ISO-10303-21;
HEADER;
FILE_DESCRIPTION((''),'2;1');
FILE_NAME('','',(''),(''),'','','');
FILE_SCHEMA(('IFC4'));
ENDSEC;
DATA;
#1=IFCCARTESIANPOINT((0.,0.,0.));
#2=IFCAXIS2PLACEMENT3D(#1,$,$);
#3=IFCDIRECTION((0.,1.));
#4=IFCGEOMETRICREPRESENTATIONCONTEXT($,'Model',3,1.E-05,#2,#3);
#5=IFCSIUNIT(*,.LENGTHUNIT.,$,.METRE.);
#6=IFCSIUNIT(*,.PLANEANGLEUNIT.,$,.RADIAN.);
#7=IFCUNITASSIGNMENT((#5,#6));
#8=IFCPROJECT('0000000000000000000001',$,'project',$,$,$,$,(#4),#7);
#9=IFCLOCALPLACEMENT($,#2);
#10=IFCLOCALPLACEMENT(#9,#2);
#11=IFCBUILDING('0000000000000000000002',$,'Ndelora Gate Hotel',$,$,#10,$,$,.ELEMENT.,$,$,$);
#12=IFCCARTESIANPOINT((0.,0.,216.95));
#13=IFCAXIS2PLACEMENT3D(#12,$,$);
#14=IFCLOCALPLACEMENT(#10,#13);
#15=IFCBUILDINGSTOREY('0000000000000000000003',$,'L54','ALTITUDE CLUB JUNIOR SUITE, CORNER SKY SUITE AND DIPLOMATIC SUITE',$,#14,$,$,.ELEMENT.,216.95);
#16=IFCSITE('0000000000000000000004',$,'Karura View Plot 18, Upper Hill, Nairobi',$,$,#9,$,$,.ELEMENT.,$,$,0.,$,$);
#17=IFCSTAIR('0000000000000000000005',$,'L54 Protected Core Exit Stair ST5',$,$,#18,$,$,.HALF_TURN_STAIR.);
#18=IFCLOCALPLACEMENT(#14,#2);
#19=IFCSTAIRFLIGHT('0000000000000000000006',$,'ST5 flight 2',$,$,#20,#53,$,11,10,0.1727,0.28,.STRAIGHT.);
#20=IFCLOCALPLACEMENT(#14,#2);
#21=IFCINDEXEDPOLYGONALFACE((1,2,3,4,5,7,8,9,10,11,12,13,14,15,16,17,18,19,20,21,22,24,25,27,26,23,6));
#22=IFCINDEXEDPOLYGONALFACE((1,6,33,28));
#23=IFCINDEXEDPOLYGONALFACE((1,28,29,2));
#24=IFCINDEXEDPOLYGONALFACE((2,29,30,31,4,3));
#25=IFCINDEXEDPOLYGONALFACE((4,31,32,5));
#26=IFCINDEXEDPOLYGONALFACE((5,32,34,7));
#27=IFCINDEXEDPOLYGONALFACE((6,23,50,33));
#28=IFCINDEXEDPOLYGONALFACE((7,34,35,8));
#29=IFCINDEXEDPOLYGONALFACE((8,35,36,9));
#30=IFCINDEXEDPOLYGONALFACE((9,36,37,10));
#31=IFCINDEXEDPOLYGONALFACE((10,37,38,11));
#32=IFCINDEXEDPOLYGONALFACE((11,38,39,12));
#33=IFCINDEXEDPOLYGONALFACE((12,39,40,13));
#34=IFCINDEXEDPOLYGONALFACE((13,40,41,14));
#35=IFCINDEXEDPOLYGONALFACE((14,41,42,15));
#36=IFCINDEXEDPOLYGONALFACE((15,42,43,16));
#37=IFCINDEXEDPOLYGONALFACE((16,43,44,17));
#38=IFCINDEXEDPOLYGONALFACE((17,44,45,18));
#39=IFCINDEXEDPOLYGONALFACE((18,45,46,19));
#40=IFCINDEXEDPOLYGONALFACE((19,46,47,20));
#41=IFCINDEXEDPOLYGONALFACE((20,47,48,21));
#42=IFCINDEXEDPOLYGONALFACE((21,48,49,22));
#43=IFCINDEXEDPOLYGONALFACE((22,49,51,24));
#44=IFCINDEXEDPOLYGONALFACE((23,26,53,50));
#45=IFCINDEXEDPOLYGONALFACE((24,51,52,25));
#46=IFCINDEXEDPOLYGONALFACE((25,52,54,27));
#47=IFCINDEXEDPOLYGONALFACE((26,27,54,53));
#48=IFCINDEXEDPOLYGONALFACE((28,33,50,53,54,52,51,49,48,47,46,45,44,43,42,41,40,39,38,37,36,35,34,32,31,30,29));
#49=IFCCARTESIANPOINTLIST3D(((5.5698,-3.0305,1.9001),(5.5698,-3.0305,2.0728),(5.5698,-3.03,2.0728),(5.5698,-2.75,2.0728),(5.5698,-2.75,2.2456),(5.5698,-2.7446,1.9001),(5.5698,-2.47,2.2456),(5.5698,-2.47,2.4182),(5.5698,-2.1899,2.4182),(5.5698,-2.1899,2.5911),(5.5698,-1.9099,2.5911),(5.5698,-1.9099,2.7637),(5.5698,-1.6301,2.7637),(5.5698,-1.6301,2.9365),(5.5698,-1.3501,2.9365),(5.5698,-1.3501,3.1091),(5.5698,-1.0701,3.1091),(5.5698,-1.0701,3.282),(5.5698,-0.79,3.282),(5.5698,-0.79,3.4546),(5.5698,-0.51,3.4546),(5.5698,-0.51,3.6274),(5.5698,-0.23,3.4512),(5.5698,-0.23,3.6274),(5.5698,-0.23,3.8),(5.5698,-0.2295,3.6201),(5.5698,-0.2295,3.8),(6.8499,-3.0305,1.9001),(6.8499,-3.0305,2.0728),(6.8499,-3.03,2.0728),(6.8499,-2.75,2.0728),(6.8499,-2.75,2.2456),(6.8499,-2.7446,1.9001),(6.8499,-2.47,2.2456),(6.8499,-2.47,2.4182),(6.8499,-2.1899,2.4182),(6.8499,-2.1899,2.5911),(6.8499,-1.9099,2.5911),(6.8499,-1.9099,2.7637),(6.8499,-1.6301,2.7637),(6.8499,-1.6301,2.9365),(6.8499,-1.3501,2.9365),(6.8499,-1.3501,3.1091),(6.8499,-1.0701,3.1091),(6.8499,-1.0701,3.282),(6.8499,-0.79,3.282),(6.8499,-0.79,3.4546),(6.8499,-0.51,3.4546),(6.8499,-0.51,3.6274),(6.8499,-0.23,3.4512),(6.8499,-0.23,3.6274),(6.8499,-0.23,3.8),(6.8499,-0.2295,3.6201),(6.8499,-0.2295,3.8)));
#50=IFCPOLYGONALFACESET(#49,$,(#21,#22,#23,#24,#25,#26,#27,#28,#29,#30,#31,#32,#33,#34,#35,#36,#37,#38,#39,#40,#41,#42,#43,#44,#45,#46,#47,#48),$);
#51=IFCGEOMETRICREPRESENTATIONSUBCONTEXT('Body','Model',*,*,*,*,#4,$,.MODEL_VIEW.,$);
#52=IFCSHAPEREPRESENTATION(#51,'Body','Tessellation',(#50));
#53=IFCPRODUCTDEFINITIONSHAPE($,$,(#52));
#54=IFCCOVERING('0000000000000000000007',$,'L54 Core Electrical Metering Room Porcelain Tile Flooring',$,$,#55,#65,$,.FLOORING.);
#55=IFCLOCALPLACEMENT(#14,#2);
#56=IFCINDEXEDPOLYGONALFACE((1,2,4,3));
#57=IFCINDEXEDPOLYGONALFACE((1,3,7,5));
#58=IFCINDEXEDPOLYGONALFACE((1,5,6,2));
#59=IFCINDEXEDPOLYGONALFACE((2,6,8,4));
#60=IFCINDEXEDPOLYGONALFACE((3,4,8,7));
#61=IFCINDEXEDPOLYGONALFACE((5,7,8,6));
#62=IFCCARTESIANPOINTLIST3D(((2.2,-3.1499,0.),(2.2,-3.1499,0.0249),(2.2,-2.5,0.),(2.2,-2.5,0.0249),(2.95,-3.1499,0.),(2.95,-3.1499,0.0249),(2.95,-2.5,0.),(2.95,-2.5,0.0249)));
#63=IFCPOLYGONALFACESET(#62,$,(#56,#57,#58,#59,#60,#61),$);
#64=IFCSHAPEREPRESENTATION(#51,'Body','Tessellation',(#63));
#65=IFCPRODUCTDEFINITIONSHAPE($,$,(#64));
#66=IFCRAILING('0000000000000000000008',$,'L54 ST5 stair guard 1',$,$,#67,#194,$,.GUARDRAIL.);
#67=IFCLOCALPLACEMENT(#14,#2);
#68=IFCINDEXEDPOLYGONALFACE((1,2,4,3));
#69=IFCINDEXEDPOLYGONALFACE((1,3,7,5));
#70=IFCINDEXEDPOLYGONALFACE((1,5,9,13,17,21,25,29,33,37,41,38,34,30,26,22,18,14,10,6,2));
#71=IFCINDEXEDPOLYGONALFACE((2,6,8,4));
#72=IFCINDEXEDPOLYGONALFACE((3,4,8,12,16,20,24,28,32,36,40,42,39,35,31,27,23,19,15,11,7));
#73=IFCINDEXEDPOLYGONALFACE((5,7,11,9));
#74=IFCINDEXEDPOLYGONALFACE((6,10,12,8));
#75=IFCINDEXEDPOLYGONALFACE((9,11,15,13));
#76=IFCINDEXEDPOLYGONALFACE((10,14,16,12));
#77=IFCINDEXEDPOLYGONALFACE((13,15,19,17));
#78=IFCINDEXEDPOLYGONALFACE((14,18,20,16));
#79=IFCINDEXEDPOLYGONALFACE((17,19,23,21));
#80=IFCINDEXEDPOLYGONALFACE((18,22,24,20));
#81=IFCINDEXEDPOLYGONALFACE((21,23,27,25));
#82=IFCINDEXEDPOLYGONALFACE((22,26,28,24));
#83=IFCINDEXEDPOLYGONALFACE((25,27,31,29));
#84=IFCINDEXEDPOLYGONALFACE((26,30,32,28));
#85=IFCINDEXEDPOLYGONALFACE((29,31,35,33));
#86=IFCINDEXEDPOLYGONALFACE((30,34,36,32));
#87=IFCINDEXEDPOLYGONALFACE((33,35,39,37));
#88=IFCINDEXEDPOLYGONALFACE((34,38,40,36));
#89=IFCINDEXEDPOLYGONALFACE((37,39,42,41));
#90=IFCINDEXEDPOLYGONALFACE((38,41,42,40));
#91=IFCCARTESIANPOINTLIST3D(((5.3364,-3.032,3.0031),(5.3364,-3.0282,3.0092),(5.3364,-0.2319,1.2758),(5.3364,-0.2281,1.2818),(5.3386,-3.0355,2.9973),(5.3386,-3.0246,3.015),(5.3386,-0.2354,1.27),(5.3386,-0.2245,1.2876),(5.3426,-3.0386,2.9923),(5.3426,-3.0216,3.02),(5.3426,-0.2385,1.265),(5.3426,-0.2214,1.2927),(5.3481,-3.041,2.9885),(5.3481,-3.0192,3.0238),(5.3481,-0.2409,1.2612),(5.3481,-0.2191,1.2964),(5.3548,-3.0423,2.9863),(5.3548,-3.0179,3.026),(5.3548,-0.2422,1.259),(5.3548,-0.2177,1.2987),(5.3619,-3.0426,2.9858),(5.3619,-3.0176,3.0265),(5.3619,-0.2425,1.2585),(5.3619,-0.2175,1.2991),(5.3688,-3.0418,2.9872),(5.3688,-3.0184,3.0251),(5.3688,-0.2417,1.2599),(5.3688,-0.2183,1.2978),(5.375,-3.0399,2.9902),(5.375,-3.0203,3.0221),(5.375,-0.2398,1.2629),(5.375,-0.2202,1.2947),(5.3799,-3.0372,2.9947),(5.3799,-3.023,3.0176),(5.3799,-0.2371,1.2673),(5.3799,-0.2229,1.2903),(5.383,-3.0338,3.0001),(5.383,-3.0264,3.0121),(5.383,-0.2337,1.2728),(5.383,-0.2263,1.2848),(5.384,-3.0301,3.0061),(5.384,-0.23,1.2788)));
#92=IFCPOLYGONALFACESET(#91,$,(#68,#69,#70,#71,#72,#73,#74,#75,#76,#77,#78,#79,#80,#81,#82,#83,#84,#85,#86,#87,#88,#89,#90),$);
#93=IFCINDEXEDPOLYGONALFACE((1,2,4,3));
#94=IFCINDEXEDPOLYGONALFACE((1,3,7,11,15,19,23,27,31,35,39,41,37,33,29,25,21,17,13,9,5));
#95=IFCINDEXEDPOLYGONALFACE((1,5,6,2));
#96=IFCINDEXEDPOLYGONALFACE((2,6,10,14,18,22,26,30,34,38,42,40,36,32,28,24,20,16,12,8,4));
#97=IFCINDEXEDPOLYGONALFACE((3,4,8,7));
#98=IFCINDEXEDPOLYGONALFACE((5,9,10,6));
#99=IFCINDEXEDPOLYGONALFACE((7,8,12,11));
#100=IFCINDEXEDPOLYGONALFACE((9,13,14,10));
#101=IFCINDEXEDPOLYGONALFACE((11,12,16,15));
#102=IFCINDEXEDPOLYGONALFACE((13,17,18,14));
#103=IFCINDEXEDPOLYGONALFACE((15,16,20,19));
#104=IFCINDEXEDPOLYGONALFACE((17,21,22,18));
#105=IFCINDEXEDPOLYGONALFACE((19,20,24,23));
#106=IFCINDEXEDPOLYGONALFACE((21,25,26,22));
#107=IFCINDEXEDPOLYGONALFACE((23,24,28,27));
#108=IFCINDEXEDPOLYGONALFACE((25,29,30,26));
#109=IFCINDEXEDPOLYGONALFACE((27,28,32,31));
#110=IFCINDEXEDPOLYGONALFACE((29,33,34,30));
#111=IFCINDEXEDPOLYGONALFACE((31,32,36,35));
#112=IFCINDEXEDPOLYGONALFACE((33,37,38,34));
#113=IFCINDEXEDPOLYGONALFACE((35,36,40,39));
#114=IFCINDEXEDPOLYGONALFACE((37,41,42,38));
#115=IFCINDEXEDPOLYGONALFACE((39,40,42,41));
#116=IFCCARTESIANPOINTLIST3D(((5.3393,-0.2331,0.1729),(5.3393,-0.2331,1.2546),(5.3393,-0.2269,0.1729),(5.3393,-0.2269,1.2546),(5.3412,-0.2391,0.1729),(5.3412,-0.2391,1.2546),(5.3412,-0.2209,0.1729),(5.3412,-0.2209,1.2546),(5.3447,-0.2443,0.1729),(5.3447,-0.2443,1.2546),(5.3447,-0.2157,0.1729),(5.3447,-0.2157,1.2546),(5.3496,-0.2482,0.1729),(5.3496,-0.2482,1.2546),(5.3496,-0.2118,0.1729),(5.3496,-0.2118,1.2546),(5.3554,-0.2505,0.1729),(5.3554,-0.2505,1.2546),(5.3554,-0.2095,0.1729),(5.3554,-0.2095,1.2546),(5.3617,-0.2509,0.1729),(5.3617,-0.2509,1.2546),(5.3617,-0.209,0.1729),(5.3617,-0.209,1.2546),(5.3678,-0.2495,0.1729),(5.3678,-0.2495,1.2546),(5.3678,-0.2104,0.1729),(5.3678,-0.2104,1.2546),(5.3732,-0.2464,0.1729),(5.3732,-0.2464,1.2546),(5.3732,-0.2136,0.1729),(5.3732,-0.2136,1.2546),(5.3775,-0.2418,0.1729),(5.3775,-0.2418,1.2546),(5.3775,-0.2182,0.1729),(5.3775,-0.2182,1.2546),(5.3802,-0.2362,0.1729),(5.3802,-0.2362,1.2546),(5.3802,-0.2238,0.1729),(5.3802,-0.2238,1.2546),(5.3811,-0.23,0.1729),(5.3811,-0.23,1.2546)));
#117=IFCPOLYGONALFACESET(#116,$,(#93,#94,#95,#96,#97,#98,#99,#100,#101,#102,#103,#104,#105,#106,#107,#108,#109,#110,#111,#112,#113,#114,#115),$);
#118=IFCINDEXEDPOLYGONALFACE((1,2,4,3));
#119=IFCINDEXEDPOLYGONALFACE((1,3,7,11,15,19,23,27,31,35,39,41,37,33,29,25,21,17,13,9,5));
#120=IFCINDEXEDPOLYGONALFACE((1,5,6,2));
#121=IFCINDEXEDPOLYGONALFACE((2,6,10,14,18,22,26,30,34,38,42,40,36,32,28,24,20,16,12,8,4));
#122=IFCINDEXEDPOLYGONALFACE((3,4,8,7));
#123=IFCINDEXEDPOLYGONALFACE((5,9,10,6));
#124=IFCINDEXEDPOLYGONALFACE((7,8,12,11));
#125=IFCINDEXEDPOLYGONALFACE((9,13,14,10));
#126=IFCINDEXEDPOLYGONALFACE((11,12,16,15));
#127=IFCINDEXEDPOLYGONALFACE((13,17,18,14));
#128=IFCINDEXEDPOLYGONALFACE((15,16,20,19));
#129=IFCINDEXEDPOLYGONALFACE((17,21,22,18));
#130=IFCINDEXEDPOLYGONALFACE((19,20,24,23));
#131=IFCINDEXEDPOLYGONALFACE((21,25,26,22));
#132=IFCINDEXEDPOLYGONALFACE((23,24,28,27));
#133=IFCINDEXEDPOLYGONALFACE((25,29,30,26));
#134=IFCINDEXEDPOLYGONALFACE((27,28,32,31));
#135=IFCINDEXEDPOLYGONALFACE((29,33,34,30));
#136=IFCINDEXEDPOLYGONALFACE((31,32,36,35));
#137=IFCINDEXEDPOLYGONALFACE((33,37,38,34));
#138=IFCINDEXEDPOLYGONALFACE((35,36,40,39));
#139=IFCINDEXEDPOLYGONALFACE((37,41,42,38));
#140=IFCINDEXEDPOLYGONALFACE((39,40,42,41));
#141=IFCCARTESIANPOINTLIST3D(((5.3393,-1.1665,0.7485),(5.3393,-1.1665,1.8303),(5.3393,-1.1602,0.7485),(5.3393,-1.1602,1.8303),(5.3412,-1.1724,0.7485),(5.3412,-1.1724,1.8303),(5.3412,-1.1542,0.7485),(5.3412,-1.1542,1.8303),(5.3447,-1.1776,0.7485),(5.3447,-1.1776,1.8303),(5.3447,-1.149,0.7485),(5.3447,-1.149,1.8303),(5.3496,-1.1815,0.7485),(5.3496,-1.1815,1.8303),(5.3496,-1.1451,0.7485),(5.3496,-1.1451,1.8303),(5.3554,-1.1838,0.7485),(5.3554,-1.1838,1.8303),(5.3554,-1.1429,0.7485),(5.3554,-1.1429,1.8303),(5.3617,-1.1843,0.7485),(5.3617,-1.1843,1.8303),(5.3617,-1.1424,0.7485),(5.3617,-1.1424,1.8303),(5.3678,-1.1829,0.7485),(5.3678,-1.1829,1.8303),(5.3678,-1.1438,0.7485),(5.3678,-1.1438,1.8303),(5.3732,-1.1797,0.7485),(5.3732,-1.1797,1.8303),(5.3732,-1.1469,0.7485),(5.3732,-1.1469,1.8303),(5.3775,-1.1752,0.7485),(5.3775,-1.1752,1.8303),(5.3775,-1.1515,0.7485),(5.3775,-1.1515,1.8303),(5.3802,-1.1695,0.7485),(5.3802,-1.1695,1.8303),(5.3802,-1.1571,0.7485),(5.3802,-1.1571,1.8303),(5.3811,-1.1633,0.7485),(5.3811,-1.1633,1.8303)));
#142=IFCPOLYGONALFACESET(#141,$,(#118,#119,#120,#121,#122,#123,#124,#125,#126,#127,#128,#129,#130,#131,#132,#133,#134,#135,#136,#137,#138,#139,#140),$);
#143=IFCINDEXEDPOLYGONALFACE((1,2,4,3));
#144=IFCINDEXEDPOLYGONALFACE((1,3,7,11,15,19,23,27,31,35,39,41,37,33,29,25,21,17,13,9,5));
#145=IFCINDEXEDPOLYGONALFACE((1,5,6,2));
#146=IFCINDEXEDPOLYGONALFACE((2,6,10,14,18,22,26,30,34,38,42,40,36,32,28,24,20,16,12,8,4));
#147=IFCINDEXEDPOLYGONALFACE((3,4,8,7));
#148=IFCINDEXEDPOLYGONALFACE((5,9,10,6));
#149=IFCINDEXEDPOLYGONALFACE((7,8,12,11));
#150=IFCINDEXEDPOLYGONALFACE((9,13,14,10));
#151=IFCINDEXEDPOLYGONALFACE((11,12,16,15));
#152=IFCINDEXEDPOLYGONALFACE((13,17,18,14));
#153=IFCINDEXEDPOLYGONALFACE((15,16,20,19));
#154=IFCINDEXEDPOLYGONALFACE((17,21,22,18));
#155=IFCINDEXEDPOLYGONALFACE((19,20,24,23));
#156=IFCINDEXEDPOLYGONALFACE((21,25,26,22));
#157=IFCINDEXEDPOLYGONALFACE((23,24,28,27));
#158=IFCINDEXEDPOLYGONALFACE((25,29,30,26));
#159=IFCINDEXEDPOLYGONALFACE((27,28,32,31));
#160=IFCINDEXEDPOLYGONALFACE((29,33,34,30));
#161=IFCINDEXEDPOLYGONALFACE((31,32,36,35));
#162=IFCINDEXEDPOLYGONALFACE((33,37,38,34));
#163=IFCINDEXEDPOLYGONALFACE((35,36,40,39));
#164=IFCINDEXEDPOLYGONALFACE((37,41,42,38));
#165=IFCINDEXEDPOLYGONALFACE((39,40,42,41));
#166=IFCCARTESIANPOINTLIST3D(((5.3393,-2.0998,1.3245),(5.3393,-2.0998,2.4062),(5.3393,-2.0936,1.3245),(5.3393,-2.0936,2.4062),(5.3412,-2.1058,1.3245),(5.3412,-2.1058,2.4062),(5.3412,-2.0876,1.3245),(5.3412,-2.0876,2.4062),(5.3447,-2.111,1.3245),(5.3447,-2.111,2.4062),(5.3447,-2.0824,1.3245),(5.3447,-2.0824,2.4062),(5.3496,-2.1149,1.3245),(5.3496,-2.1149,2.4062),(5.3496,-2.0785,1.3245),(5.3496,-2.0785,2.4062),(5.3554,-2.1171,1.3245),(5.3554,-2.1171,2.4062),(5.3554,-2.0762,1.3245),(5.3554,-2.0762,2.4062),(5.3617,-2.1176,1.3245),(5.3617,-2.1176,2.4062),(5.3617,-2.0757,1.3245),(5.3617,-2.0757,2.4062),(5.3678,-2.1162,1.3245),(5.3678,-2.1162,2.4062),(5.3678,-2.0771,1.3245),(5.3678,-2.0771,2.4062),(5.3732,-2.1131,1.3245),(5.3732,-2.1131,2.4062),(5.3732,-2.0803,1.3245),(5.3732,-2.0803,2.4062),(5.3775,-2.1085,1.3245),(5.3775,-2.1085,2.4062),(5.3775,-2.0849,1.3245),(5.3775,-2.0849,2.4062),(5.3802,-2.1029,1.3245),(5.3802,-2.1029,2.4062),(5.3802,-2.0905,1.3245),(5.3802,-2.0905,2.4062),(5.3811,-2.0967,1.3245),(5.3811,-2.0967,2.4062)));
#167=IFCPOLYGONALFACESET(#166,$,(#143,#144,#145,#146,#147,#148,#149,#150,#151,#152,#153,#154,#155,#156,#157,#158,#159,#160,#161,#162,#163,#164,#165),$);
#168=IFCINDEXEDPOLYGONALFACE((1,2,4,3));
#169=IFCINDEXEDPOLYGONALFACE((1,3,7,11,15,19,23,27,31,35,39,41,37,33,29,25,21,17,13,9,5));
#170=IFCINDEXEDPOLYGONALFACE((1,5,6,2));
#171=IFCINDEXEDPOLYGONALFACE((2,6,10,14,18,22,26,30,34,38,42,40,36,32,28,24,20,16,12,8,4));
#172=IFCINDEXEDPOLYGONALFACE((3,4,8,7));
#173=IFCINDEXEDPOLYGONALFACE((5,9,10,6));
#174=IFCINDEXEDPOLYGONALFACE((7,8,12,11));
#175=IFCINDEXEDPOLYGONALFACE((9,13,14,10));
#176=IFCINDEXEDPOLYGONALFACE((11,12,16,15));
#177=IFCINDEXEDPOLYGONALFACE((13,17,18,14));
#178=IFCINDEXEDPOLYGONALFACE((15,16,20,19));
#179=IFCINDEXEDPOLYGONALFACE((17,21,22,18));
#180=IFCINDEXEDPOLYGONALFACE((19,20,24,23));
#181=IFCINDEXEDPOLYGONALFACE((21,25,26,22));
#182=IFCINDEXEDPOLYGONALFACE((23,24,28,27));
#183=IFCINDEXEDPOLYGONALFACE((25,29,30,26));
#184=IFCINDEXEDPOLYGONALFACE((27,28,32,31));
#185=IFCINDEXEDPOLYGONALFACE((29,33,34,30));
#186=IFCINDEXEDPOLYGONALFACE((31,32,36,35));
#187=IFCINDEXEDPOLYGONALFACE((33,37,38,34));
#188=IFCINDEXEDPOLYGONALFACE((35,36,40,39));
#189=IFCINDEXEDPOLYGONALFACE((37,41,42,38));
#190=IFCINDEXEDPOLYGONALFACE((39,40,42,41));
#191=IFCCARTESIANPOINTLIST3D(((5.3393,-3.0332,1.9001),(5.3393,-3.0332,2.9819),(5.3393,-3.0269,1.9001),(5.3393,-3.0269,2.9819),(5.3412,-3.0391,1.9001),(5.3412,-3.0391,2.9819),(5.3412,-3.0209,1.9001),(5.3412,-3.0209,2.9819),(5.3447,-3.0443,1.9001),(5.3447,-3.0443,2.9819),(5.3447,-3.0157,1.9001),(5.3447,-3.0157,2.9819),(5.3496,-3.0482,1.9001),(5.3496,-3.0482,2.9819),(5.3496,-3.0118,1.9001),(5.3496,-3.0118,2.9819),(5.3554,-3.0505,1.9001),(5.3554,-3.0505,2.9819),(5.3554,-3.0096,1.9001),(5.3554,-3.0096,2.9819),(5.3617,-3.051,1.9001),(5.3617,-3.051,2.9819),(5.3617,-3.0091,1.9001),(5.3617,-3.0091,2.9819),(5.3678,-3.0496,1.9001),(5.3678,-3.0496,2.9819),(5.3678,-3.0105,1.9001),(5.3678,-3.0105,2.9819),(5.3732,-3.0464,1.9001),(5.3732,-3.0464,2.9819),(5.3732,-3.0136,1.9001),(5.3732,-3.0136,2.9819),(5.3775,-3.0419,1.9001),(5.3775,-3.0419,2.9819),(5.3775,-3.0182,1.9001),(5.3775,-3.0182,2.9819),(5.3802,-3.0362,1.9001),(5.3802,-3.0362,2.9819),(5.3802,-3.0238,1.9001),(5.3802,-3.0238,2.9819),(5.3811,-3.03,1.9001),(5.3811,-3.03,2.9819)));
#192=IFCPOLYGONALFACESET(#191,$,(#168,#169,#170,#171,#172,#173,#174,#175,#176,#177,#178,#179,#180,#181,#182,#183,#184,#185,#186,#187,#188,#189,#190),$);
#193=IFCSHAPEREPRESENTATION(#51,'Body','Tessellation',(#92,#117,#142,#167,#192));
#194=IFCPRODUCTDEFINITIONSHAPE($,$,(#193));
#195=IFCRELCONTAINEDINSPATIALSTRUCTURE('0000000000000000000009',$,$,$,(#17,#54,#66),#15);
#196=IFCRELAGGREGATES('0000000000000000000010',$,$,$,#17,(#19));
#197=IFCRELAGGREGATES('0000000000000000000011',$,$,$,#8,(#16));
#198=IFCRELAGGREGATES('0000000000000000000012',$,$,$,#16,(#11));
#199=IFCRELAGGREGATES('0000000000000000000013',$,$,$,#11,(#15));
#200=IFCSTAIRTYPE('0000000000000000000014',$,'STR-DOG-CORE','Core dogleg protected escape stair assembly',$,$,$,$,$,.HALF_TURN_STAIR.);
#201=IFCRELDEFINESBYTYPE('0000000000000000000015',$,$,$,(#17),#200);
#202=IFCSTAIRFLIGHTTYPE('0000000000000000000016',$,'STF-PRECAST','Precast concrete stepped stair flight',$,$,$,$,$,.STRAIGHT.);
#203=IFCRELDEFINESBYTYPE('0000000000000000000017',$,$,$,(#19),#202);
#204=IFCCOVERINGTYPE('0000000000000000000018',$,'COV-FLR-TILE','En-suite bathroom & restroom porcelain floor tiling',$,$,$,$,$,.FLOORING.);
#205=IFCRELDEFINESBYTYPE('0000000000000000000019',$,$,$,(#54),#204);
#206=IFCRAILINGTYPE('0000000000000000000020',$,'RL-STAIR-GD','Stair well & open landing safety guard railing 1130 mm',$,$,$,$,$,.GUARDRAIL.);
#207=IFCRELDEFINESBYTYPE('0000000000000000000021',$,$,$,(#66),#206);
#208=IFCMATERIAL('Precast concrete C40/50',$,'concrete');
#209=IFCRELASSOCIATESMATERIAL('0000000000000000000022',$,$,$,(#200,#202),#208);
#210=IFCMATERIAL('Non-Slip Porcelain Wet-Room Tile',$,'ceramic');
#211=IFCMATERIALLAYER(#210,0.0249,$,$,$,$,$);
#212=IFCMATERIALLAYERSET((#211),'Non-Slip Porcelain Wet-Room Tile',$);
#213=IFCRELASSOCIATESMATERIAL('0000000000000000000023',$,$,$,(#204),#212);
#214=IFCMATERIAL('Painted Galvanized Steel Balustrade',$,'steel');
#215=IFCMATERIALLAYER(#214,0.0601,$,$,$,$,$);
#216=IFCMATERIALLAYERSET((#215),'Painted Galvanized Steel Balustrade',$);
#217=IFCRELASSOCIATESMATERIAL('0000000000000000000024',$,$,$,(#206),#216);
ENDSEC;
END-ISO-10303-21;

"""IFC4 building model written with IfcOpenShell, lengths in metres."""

from ifc_helpers import new_model, si_unit, direction, frame, origin, origin_2d, place, context, subcontext, project, spatial, polyline, rectangle, circle, outline, extrude, material, layer, layer_set, type_object, element, aggregate, save


model = new_model("IFC4")

# Units and contexts
model_context = context("Model", 3, precision=1e-05, world=origin(), true_north=direction((0.0, 1.0)))
body_context = subcontext(model_context, "Body", "Model", "MODEL_VIEW")
ifc_project = project(units=[si_unit("LENGTHUNIT", "METRE"), si_unit("PLANEANGLEUNIT", "RADIAN")], contexts=[model_context])

# Site, building, storey
site_placement = place(None, origin())
site = spatial("IfcSite", under=ifc_project, at=site_placement, Name="Karura View Plot 18, Upper Hill, Nairobi", CompositionType="ELEMENT", RefElevation=0.0)
building_placement = place(site_placement, origin())
building = spatial("IfcBuilding", under=site, at=building_placement, Name="Ndelora Gate Hotel", CompositionType="ELEMENT")
storey_placement = place(building_placement, frame((0.0, 0.0, 216.95)))
storey = spatial("IfcBuildingStorey", under=building, at=storey_placement, Name="L54", Description="ALTITUDE CLUB JUNIOR SUITE, CORNER SKY SUITE AND DIPLOMATIC SUITE", CompositionType="ELEMENT", Elevation=216.95)

# Shared definitions
ifc_material_1 = material(Name="Precast concrete C40/50", Category="concrete")
stair_type = type_object("IfcStairType", Name="STR-DOG-CORE", Description="Core dogleg protected escape stair assembly", PredefinedType="HALF_TURN_STAIR", material=ifc_material_1)

# Stair, stair flight
stair_1_placement = place(storey_placement, origin())
stair_1 = element("IfcStair", 1, at=stair_1_placement, inside=storey, type_object=stair_type, Name="L54 Protected Core Exit Stair ST5", PredefinedType="HALF_TURN_STAIR")
stair_flight_type = type_object("IfcStairFlightType", Name="STF-PRECAST", Description="Precast concrete stepped stair flight", PredefinedType="STRAIGHT", material=ifc_material_1)
stair_flight_1_placement = place(storey_placement, frame((6.21, -3.03, 1.9001), z_axis=(0.0, 0.0, 1.0), x_axis=(0.0, 1.0, 0.0)))
stair_flight_1 = element("IfcStairFlight", 2, at=stair_flight_1_placement, type_object=stair_flight_type, Name="ST5 flight 2", NumberOfRisers=11, NumberOfTreads=10, PredefinedType="STRAIGHT", RiserHeight=0.1727, TreadLength=0.28, context=body_context, shape_type="SweptSolid", body=[
    extrude(outline(polyline([(-0.0005, 0.0), (-0.0005, 0.1726), (0.0, 0.1726), (0.28, 0.1726), (0.28, 0.3455), (0.5601, 0.3455), (0.5601, 0.5181), (0.8401, 0.5181), (0.8401, 0.6909), (1.1201, 0.6909), (1.1201, 0.8635), (1.3999, 0.8635), (1.3999, 1.0364), (1.6799, 1.0364), (1.6799, 1.209), (1.96, 1.209), (1.96, 1.3818), (2.24, 1.3818), (2.24, 1.5544), (2.52, 1.5544), (2.52, 1.7273), (2.8, 1.7273), (2.8, 1.8999), (2.8005, 1.8999), (2.8005, 1.72), (2.8, 1.551), (0.2854, 0.0), (-0.0005, 0.0)])), frame((0.0, 0.6401, 0.0), z_axis=(0.0, -1.0, 0.0), x_axis=(1.0, 0.0, 0.0)), (0.0, 0.0, 1.0), 1.28),
])
aggregate(stair_1, [stair_flight_1])

# Covering
ifc_material_2 = material(Name="Non-Slip Porcelain Wet-Room Tile", Category="ceramic")
ifc_layer_1 = layer(ifc_material_2, 0.0249)
ifc_layer_set_1 = layer_set([ifc_layer_1], Name="Non-Slip Porcelain Wet-Room Tile")
covering_type = type_object("IfcCoveringType", Name="COV-FLR-TILE", Description="En-suite bathroom & restroom porcelain floor tiling", PredefinedType="FLOORING", material=ifc_layer_set_1)
covering_placement = place(storey_placement, frame((2.575, -2.825, 0.0), z_axis=(0.0, 0.0, 1.0), x_axis=(1.0, 0.0, 0.0)))
element("IfcCovering", 3, at=covering_placement, inside=storey, type_object=covering_type, Name="L54 Core Electrical Metering Room Porcelain Tile Flooring", PredefinedType="FLOORING", context=body_context, shape_type="SweptSolid", body=[
    extrude(rectangle(XDim=0.75, YDim=0.6499, at=origin_2d()), origin(), (0.0, 0.0, 1.0), 0.0249),
])

# Railing
ifc_material_3 = material(Name="Painted Galvanized Steel Balustrade", Category="steel")
ifc_layer_2 = layer(ifc_material_3, 0.0601)
ifc_layer_set_2 = layer_set([ifc_layer_2], Name="Painted Galvanized Steel Balustrade")
railing_type_1 = type_object("IfcRailingType", Name="RL-STAIR-GD", Description="Stair well & open landing safety guard railing 1130 mm", PredefinedType="GUARDRAIL", material=ifc_layer_set_2)
railing_1_placement = place(storey_placement, frame((5.3601, -0.23, 0.1729)))
element("IfcRailing", 4, at=railing_1_placement, inside=storey, type_object=railing_type_1, Name="L54 ST5 stair guard 1", PredefinedType="GUARDRAIL", context=body_context, shape_type="SweptSolid", body=[
    extrude(circle(Radius=0.0239, at=origin_2d()), frame((0.0, 0.0, 1.106), z_axis=(0.0, -0.85109, 0.52502), x_axis=(1.0, 0.0, 0.0)), (0.0, 0.0, 1.0), 3.29),
    extrude(circle(Radius=0.021, at=origin_2d()), origin(), (0.0, 0.0, 1.0), 1.0818),
    extrude(circle(Radius=0.021, at=origin_2d()), frame((0.0, -0.9333, 0.5757)), (0.0, 0.0, 1.0), 1.0818),
    extrude(circle(Radius=0.021, at=origin_2d()), frame((0.0, -1.8667, 1.1516)), (0.0, 0.0, 1.0), 1.0818),
    extrude(circle(Radius=0.021, at=origin_2d()), frame((0.0, -2.8, 1.7273)), (0.0, 0.0, 1.0), 1.0818),
])

save(model, "model.ifc")
